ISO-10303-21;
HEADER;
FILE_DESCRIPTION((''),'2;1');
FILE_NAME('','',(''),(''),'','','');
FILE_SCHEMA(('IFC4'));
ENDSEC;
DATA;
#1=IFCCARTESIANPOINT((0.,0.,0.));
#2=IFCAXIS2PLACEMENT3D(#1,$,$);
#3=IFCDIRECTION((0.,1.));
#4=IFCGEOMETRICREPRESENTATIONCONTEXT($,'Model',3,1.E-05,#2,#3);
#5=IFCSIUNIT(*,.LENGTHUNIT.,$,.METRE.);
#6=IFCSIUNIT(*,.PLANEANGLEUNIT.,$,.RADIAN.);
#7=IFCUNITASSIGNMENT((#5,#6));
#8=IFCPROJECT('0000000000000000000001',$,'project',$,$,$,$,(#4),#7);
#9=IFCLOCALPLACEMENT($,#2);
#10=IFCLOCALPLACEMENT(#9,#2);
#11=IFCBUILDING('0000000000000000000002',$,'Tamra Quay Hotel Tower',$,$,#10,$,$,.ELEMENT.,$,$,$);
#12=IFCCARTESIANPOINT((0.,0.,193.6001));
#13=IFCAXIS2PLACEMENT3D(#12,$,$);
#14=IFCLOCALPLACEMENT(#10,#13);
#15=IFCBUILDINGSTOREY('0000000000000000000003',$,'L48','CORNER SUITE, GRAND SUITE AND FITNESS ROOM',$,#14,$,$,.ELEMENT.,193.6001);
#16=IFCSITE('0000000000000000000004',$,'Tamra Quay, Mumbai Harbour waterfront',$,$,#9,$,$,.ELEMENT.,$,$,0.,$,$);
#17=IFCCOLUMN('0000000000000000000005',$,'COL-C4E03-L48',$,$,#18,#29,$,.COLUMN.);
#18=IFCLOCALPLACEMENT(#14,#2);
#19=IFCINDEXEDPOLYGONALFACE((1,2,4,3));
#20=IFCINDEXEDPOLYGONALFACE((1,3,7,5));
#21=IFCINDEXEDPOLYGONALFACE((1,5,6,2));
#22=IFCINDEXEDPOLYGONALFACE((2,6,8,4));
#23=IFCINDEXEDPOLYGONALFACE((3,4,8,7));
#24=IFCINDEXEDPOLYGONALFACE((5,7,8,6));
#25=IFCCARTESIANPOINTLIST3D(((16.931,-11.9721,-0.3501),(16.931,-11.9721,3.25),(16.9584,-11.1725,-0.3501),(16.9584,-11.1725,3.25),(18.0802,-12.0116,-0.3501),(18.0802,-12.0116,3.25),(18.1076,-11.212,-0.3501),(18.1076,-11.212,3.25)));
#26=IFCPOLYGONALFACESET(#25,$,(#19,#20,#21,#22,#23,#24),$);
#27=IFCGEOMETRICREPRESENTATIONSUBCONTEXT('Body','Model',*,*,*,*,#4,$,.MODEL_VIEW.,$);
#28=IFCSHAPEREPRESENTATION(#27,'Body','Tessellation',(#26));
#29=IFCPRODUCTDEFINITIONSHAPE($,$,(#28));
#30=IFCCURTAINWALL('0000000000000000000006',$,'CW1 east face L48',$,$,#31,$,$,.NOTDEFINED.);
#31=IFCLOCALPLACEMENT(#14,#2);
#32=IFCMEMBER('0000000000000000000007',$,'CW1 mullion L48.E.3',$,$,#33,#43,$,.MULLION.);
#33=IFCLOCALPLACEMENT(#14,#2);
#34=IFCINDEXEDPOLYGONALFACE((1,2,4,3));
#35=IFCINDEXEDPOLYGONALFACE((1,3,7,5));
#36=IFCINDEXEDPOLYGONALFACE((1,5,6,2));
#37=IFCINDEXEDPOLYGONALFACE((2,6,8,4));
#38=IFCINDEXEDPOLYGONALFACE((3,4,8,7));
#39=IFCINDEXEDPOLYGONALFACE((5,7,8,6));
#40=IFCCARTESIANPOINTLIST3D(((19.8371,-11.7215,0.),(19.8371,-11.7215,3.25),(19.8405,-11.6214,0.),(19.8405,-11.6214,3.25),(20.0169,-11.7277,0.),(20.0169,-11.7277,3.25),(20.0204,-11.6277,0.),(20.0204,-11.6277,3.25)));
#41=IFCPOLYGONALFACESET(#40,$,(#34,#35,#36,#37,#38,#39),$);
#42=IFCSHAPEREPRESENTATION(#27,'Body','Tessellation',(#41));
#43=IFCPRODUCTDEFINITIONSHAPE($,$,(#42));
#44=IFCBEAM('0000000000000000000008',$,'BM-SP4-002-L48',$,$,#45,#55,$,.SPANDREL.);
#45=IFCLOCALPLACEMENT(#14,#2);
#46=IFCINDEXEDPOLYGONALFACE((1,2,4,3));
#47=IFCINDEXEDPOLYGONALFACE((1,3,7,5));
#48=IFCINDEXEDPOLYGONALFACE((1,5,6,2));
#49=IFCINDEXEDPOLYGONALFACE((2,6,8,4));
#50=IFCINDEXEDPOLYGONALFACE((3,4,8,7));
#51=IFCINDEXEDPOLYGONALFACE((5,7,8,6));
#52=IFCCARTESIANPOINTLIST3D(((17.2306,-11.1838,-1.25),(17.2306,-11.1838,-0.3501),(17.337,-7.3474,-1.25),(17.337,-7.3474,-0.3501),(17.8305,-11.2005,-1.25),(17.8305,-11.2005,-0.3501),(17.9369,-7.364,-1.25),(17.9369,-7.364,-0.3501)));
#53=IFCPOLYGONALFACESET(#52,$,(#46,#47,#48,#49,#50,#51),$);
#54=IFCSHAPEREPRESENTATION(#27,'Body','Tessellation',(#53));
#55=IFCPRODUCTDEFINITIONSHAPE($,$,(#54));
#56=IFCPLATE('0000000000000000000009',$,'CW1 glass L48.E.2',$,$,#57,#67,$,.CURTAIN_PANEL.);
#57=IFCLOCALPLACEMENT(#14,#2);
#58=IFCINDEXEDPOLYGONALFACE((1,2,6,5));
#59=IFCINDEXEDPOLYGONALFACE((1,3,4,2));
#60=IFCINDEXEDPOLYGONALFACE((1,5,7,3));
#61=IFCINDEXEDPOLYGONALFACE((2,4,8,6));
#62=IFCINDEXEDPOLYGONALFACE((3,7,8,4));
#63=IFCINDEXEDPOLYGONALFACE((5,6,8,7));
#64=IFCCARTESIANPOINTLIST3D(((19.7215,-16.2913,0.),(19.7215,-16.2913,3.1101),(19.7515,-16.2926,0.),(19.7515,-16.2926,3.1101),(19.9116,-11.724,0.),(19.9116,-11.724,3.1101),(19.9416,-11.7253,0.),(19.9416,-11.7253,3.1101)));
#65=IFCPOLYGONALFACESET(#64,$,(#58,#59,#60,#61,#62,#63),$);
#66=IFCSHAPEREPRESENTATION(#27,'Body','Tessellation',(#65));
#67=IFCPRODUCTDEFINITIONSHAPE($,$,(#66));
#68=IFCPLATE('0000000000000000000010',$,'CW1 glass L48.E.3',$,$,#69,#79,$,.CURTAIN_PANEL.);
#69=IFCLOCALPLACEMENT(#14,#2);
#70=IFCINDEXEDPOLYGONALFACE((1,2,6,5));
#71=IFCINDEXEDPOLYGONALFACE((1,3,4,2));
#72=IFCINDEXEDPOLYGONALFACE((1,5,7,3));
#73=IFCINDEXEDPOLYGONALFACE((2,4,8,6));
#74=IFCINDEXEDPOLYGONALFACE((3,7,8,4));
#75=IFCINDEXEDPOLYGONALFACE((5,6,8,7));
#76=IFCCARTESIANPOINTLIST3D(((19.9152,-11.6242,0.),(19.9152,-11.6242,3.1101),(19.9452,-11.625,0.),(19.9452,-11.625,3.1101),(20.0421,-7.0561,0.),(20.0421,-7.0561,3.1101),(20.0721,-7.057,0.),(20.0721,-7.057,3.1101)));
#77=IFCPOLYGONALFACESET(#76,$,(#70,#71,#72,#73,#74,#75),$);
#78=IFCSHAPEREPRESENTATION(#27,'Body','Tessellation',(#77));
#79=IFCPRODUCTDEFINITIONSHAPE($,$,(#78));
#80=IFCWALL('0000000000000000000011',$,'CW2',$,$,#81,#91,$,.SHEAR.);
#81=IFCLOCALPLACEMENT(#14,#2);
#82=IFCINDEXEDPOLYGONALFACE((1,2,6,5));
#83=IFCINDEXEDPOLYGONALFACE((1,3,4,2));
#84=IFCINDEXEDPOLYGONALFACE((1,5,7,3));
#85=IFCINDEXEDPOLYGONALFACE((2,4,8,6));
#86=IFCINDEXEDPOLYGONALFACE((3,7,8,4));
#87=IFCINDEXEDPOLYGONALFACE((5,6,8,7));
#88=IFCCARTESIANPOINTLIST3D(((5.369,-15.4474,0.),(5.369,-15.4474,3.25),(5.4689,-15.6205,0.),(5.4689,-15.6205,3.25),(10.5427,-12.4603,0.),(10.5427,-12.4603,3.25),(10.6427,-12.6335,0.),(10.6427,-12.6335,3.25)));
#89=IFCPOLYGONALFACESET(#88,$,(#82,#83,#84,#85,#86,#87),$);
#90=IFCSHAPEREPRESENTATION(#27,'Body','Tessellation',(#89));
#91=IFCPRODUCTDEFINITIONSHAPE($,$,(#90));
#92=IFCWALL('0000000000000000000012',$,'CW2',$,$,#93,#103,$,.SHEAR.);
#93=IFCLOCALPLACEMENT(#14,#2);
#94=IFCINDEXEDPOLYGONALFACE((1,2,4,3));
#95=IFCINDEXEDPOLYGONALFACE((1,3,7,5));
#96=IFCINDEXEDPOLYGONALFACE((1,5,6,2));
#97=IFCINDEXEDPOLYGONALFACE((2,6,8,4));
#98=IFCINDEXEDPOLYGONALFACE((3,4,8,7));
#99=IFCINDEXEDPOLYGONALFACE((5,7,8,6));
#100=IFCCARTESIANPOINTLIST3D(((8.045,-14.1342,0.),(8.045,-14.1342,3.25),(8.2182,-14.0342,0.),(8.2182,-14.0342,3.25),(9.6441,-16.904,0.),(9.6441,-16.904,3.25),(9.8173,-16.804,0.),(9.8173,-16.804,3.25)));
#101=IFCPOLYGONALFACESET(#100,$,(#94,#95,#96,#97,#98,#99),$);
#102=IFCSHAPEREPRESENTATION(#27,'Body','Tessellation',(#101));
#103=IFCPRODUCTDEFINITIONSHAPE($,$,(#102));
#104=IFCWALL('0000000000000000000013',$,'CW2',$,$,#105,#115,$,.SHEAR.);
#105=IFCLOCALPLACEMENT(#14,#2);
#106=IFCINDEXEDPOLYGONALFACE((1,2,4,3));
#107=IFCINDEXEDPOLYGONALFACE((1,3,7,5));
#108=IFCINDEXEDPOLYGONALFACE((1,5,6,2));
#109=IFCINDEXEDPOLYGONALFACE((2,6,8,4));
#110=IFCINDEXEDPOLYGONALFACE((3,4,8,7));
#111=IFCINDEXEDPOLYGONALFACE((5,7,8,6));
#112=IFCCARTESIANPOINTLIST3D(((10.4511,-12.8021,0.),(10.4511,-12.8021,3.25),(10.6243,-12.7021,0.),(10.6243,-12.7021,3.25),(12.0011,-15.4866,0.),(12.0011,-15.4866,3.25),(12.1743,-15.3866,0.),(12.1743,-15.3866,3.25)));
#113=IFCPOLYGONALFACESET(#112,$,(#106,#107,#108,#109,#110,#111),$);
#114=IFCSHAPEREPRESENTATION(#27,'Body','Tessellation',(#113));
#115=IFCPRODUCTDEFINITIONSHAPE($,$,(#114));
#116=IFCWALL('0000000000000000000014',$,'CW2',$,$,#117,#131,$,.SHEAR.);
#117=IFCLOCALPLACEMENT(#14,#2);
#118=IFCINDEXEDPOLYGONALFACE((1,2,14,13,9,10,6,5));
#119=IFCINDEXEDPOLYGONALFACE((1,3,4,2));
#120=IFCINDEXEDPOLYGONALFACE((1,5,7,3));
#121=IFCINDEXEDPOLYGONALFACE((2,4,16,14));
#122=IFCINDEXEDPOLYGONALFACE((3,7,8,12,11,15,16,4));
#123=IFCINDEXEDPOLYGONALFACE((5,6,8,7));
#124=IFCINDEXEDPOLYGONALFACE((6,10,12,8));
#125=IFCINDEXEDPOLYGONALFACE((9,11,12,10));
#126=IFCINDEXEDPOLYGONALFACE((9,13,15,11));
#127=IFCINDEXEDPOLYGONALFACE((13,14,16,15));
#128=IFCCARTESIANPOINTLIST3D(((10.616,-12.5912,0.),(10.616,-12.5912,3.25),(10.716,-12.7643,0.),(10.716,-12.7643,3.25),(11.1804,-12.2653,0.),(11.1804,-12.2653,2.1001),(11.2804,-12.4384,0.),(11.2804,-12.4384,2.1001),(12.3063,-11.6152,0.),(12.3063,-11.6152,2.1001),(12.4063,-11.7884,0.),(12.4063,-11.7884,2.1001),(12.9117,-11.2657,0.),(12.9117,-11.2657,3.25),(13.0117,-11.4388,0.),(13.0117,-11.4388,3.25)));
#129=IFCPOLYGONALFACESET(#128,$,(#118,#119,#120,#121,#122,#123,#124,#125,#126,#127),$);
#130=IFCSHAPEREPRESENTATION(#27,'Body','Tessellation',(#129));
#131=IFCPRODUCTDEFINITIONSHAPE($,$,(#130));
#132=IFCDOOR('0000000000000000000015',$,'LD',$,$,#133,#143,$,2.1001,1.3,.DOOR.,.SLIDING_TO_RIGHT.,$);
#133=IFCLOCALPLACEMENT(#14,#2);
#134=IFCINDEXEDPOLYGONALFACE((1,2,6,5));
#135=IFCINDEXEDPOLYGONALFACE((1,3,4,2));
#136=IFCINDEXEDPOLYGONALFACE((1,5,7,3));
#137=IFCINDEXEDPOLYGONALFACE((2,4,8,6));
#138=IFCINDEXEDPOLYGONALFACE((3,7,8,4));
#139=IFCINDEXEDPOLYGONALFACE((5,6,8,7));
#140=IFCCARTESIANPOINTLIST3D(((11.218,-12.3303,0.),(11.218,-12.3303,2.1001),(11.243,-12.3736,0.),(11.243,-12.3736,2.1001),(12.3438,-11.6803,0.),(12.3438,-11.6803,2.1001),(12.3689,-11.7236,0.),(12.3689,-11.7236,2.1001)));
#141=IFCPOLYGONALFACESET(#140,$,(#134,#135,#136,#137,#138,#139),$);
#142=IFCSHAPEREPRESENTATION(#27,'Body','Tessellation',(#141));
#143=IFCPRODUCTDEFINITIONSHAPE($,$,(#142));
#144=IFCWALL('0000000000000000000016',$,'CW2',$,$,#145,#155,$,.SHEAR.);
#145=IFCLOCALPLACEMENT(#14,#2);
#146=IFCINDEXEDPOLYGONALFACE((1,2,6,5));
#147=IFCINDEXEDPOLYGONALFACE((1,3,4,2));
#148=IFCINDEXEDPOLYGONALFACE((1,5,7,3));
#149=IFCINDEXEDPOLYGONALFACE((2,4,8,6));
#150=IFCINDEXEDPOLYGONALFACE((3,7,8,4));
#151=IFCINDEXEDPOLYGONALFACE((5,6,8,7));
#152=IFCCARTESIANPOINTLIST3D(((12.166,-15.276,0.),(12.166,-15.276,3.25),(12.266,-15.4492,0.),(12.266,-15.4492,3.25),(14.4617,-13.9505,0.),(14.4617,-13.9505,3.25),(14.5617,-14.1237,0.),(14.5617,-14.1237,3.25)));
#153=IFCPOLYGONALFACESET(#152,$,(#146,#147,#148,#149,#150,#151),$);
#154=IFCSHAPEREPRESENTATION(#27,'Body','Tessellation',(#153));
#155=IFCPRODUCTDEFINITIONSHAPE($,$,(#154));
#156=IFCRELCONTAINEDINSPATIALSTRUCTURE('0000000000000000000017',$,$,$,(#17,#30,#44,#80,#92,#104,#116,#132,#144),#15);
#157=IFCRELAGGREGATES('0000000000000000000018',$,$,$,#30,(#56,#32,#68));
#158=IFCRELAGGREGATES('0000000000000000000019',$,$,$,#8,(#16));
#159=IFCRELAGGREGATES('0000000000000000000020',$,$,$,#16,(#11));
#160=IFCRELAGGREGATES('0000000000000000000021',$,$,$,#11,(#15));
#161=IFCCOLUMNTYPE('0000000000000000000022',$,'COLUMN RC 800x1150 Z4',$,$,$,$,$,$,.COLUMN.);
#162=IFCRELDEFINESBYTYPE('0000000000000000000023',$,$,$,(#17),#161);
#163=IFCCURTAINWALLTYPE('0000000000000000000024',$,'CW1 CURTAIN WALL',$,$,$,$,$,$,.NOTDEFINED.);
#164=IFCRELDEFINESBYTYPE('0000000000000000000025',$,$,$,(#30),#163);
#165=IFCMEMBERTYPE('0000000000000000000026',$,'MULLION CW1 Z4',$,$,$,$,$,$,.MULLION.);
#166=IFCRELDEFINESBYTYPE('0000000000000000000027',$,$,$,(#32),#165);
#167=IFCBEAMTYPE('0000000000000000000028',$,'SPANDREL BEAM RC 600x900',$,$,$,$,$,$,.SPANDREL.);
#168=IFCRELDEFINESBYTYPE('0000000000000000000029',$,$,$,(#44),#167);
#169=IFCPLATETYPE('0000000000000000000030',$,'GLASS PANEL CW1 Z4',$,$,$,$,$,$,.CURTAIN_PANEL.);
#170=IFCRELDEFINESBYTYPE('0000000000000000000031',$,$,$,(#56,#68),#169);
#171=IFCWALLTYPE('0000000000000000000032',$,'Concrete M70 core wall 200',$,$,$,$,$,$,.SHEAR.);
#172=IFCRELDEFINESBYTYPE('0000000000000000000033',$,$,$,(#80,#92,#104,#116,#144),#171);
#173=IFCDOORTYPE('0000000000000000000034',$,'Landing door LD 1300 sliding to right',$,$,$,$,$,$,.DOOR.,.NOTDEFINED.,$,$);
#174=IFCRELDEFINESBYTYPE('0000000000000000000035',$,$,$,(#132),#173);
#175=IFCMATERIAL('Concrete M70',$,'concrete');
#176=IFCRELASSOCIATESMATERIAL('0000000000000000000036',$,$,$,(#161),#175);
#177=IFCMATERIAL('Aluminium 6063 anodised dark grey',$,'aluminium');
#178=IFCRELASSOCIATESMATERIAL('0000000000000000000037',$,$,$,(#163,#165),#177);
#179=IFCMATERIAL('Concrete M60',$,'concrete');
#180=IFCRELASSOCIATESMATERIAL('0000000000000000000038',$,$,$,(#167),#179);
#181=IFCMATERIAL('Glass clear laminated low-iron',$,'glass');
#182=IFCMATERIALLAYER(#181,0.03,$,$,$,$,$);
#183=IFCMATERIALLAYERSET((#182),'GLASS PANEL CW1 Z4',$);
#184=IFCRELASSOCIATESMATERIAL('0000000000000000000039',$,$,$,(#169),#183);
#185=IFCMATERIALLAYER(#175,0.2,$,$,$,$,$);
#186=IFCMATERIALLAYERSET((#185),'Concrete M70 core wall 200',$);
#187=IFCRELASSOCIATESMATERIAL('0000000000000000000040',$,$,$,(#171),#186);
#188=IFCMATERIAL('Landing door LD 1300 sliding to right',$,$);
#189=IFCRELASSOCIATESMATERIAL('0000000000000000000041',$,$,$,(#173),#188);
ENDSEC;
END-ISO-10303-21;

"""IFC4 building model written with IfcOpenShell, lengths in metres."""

from ifc_helpers import new_model, si_unit, direction, frame, frame_2d, origin, origin_2d, place, context, subcontext, project, spatial, rectangle, extrude, material, layer, layer_set, material_profile, profile_set, type_object, element, fill, aggregate, save


model = new_model("IFC4")

# Units and contexts
model_context = context("Model", 3, precision=1e-05, world=origin(), true_north=direction((0.0, 1.0)))
body_context = subcontext(model_context, "Body", "Model", "MODEL_VIEW")
ifc_project = project(units=[si_unit("LENGTHUNIT", "METRE"), si_unit("PLANEANGLEUNIT", "RADIAN")], contexts=[model_context])

# Site, building, storey
site_placement = place(None, origin())
site = spatial("IfcSite", under=ifc_project, at=site_placement, Name="Tamra Quay, Mumbai Harbour waterfront", CompositionType="ELEMENT", RefElevation=0.0)
building_placement = place(site_placement, origin())
building = spatial("IfcBuilding", under=site, at=building_placement, Name="Tamra Quay Hotel Tower", CompositionType="ELEMENT")
storey_placement = place(building_placement, frame((0.0, 0.0, 193.6001)))
storey = spatial("IfcBuildingStorey", under=building, at=storey_placement, Name="L48", Description="CORNER SUITE, GRAND SUITE AND FITNESS ROOM", CompositionType="ELEMENT", Elevation=193.6001)

# Column
ifc_material_1 = material(Name="Concrete M70", Category="concrete")
ifc_material_profile_1 = material_profile(ifc_material_1, rectangle(XDim=1.1499, YDim=0.8, at=origin_2d()), Name="COLUMN RC 800x1150 Z4")
ifc_profile_set_1 = profile_set([ifc_material_profile_1], Name="Concrete M70")
column_type = type_object("IfcColumnType", Name="COLUMN RC 800x1150 Z4", PredefinedType="COLUMN", material=ifc_profile_set_1)
column_placement = place(storey_placement, frame((17.5193, -11.592, -0.3501), z_axis=(0.0, 0.0, 1.0), x_axis=(-0.999412, 0.034299, 0.0)))
element("IfcColumn", 1, at=column_placement, inside=storey, type_object=column_type, Name="COL-C4E03-L48", PredefinedType="COLUMN", context=body_context, shape_type="SweptSolid", body=[
    extrude(rectangle(XDim=1.1499, YDim=0.8, at=origin_2d()), origin(), (0.0, 0.0, 1.0), 3.6001),
])

# Curtain wall, member
ifc_material_2 = material(Name="Aluminium 6063 anodised dark grey", Category="aluminium")
curtain_wall_type = type_object("IfcCurtainWallType", Name="CW1 CURTAIN WALL", PredefinedType="NOTDEFINED", material=ifc_material_2)
curtain_wall_placement = place(storey_placement, origin())
curtain_wall = element("IfcCurtainWall", 2, at=curtain_wall_placement, inside=storey, type_object=curtain_wall_type, Name="CW1 east face L48", PredefinedType="NOTDEFINED")
ifc_material_profile_2 = material_profile(ifc_material_2, rectangle(XDim=0.1799, YDim=0.1001, at=origin_2d()), Name="MULLION 100X180")
ifc_profile_set_2 = profile_set([ifc_material_profile_2], Name="Aluminium 6063 anodised dark grey")
member_type = type_object("IfcMemberType", Name="MULLION CW1 Z4", PredefinedType="MULLION", material=ifc_profile_set_2)
member_placement = place(storey_placement, frame((19.9287, -11.6746, 0.0), z_axis=(0.0, 0.0, 1.0), x_axis=(0.999399, -0.034677, 0.0)))
member = element("IfcMember", 3, at=member_placement, type_object=member_type, Name="CW1 mullion L48.E.3", PredefinedType="MULLION", context=body_context, shape_type="SweptSolid", body=[
    extrude(rectangle(XDim=0.1799, YDim=0.1001, at=origin_2d()), origin(), (0.0, 0.0, 1.0), 3.25),
])

# Beam
ifc_material_3 = material(Name="Concrete M60", Category="concrete")
ifc_material_profile_3 = material_profile(ifc_material_3, rectangle(XDim=0.6001, YDim=0.8999, at=origin_2d()), Name="SPANDREL BEAM RC 600x900")
ifc_profile_set_3 = profile_set([ifc_material_profile_3], Name="Concrete M60")
beam_type = type_object("IfcBeamType", Name="SPANDREL BEAM RC 600x900", PredefinedType="SPANDREL", material=ifc_profile_set_3)
beam_placement = place(storey_placement, frame((17.5305, -11.1921, -0.8), z_axis=(0.027735, 0.999615, 0.0), x_axis=(-0.999615, 0.027735, 0.0)))
element("IfcBeam", 4, at=beam_placement, inside=storey, type_object=beam_type, Name="BM-SP4-002-L48", PredefinedType="SPANDREL", context=body_context, shape_type="SweptSolid", body=[
    extrude(rectangle(XDim=0.6001, YDim=0.8999, at=origin_2d()), origin(), (0.0, 0.0, 1.0), 3.8379),
])

# Plates
ifc_material_4 = material(Name="Glass clear laminated low-iron", Category="glass")
ifc_layer_1 = layer(ifc_material_4, 0.03)
ifc_layer_set_1 = layer_set([ifc_layer_1], Name="GLASS PANEL CW1 Z4")
plate_type = type_object("IfcPlateType", Name="GLASS PANEL CW1 Z4", PredefinedType="CURTAIN_PANEL", material=ifc_layer_set_1)
plate_1_placement = place(storey_placement, frame((19.8315, -14.0083, 0.0), z_axis=(0.0, 0.0, 1.0), x_axis=(0.041599, 0.999134, 0.0)))
plate_1 = element("IfcPlate", 5, at=plate_1_placement, type_object=plate_type, Name="CW1 glass L48.E.2", PredefinedType="CURTAIN_PANEL", context=body_context, shape_type="SweptSolid", body=[
    extrude(rectangle(XDim=4.5713, YDim=0.03, at=origin_2d()), origin(), (0.0, 0.0, 1.0), 3.1101),
])
plate_2_placement = place(storey_placement, frame((19.9937, -9.3406, 0.0), z_axis=(0.0, 0.0, 1.0), x_axis=(0.027754, 0.999615, 0.0)))
plate_2 = element("IfcPlate", 6, at=plate_2_placement, type_object=plate_type, Name="CW1 glass L48.E.3", PredefinedType="CURTAIN_PANEL", context=body_context, shape_type="SweptSolid", body=[
    extrude(rectangle(XDim=4.5698, YDim=0.03, at=origin_2d()), origin(), (0.0, 0.0, 1.0), 3.1101),
])
aggregate(curtain_wall, [plate_1, member, plate_2])

# Walls
ifc_layer_2 = layer(ifc_material_1, 0.2)
ifc_layer_set_2 = layer_set([ifc_layer_2], Name="Concrete M70 core wall 200")
wall_type_1 = type_object("IfcWallType", Name="Concrete M70 core wall 200", PredefinedType="SHEAR", material=ifc_layer_set_2)
wall_1_placement = place(storey_placement, frame((5.4189, -15.5339, 0.0), z_axis=(0.0, 0.0, 1.0), x_axis=(0.866029, 0.499994, 0.0)))
element("IfcWall", 7, at=wall_1_placement, inside=storey, type_object=wall_type_1, Name="CW2", PredefinedType="SHEAR", context=body_context, shape_type="SweptSolid", body=[
    extrude(rectangle(XDim=5.9741, YDim=0.2, at=frame_2d((2.9871, 0.0))), origin(), (0.0, 0.0, 1.0), 3.25),
])
wall_2_placement = place(storey_placement, frame((8.1316, -14.0842, 0.0), z_axis=(0.0, 0.0, 1.0), x_axis=(0.499998, -0.866027, 0.0)))
element("IfcWall", 8, at=wall_2_placement, inside=storey, type_object=wall_type_1, Name="CW2", PredefinedType="SHEAR", context=body_context, shape_type="SweptSolid", body=[
    extrude(rectangle(XDim=3.1982, YDim=0.2, at=frame_2d((1.5991, 0.0))), origin(), (0.0, 0.0, 1.0), 3.25),
])
wall_3_placement = place(storey_placement, frame((12.0876, -15.4365, 0.0), z_axis=(0.0, 0.0, 1.0), x_axis=(-0.500027, 0.86601, 0.0)))
element("IfcWall", 9, at=wall_3_placement, inside=storey, type_object=wall_type_1, Name="CW2", PredefinedType="SHEAR", context=body_context, shape_type="SweptSolid", body=[
    extrude(rectangle(XDim=3.0999, YDim=0.2, at=frame_2d((1.5498, 0.0))), origin(), (0.0, 0.0, 1.0), 3.25),
])

# Wall, opening, door
wall_4_placement = place(storey_placement, frame((10.666, -12.6777, 0.0), z_axis=(0.0, 0.0, 1.0), x_axis=(0.866018, 0.500012, 0.0)))
wall_4 = element("IfcWall", 10, at=wall_4_placement, inside=storey, type_object=wall_type_1, Name="CW2", PredefinedType="SHEAR", context=body_context, shape_type="SweptSolid", body=[
    extrude(rectangle(XDim=2.6509, YDim=0.2, at=frame_2d((1.3254, 0.0))), origin(), (0.0, 0.0, 1.0), 3.25),
])
opening_1_placement = place(wall_4_placement, frame((0.6519, 0.0, 0.0)))
opening_1 = element("IfcOpeningElement", 11, at=opening_1_placement, cuts=wall_4, PredefinedType="OPENING", context=body_context, shape_type="SweptSolid", body=[
    extrude(rectangle(XDim=1.3, YDim=2.1001, at=frame_2d((0.6499, 1.05))), frame((0.0, 0.1099, 0.0), z_axis=(0.0, -1.0, 0.0), x_axis=(1.0, 0.0, 0.0)), (0.0, 0.0, 1.0), 0.22),
])
ifc_material_5 = material(Name="Landing door LD 1300 sliding to right")
door_type_1 = type_object("IfcDoorType", Name="Landing door LD 1300 sliding to right", OperationType="NOTDEFINED", PredefinedType="DOOR", material=ifc_material_5)
door_1_placement = place(opening_1_placement, origin())
door_1 = element("IfcDoor", 12, at=door_1_placement, inside=storey, type_object=door_type_1, Name="LD", OperationType="SLIDING_TO_RIGHT", OverallHeight=2.1001, OverallWidth=1.3, PredefinedType="DOOR", context=body_context, shape_type="SweptSolid", body=[
    extrude(rectangle(XDim=1.3, YDim=2.1001, at=frame_2d((0.6499, 1.05))), frame((0.0, 0.0249, 0.0), z_axis=(0.0, -1.0, 0.0), x_axis=(1.0, 0.0, 0.0)), (0.0, 0.0, 1.0), 0.05),
])
fill(opening_1, door_1)

# Wall
wall_5_placement = place(storey_placement, frame((14.5117, -14.0371, 0.0), z_axis=(0.0, 0.0, 1.0), x_axis=(-0.866018, -0.500012, 0.0)))
element("IfcWall", 13, at=wall_5_placement, inside=storey, type_object=wall_type_1, Name="CW2", PredefinedType="SHEAR", context=body_context, shape_type="SweptSolid", body=[
    extrude(rectangle(XDim=2.6509, YDim=0.2, at=frame_2d((1.3254, 0.0))), origin(), (0.0, 0.0, 1.0), 3.25),
])

save(model, "model.ifc")
